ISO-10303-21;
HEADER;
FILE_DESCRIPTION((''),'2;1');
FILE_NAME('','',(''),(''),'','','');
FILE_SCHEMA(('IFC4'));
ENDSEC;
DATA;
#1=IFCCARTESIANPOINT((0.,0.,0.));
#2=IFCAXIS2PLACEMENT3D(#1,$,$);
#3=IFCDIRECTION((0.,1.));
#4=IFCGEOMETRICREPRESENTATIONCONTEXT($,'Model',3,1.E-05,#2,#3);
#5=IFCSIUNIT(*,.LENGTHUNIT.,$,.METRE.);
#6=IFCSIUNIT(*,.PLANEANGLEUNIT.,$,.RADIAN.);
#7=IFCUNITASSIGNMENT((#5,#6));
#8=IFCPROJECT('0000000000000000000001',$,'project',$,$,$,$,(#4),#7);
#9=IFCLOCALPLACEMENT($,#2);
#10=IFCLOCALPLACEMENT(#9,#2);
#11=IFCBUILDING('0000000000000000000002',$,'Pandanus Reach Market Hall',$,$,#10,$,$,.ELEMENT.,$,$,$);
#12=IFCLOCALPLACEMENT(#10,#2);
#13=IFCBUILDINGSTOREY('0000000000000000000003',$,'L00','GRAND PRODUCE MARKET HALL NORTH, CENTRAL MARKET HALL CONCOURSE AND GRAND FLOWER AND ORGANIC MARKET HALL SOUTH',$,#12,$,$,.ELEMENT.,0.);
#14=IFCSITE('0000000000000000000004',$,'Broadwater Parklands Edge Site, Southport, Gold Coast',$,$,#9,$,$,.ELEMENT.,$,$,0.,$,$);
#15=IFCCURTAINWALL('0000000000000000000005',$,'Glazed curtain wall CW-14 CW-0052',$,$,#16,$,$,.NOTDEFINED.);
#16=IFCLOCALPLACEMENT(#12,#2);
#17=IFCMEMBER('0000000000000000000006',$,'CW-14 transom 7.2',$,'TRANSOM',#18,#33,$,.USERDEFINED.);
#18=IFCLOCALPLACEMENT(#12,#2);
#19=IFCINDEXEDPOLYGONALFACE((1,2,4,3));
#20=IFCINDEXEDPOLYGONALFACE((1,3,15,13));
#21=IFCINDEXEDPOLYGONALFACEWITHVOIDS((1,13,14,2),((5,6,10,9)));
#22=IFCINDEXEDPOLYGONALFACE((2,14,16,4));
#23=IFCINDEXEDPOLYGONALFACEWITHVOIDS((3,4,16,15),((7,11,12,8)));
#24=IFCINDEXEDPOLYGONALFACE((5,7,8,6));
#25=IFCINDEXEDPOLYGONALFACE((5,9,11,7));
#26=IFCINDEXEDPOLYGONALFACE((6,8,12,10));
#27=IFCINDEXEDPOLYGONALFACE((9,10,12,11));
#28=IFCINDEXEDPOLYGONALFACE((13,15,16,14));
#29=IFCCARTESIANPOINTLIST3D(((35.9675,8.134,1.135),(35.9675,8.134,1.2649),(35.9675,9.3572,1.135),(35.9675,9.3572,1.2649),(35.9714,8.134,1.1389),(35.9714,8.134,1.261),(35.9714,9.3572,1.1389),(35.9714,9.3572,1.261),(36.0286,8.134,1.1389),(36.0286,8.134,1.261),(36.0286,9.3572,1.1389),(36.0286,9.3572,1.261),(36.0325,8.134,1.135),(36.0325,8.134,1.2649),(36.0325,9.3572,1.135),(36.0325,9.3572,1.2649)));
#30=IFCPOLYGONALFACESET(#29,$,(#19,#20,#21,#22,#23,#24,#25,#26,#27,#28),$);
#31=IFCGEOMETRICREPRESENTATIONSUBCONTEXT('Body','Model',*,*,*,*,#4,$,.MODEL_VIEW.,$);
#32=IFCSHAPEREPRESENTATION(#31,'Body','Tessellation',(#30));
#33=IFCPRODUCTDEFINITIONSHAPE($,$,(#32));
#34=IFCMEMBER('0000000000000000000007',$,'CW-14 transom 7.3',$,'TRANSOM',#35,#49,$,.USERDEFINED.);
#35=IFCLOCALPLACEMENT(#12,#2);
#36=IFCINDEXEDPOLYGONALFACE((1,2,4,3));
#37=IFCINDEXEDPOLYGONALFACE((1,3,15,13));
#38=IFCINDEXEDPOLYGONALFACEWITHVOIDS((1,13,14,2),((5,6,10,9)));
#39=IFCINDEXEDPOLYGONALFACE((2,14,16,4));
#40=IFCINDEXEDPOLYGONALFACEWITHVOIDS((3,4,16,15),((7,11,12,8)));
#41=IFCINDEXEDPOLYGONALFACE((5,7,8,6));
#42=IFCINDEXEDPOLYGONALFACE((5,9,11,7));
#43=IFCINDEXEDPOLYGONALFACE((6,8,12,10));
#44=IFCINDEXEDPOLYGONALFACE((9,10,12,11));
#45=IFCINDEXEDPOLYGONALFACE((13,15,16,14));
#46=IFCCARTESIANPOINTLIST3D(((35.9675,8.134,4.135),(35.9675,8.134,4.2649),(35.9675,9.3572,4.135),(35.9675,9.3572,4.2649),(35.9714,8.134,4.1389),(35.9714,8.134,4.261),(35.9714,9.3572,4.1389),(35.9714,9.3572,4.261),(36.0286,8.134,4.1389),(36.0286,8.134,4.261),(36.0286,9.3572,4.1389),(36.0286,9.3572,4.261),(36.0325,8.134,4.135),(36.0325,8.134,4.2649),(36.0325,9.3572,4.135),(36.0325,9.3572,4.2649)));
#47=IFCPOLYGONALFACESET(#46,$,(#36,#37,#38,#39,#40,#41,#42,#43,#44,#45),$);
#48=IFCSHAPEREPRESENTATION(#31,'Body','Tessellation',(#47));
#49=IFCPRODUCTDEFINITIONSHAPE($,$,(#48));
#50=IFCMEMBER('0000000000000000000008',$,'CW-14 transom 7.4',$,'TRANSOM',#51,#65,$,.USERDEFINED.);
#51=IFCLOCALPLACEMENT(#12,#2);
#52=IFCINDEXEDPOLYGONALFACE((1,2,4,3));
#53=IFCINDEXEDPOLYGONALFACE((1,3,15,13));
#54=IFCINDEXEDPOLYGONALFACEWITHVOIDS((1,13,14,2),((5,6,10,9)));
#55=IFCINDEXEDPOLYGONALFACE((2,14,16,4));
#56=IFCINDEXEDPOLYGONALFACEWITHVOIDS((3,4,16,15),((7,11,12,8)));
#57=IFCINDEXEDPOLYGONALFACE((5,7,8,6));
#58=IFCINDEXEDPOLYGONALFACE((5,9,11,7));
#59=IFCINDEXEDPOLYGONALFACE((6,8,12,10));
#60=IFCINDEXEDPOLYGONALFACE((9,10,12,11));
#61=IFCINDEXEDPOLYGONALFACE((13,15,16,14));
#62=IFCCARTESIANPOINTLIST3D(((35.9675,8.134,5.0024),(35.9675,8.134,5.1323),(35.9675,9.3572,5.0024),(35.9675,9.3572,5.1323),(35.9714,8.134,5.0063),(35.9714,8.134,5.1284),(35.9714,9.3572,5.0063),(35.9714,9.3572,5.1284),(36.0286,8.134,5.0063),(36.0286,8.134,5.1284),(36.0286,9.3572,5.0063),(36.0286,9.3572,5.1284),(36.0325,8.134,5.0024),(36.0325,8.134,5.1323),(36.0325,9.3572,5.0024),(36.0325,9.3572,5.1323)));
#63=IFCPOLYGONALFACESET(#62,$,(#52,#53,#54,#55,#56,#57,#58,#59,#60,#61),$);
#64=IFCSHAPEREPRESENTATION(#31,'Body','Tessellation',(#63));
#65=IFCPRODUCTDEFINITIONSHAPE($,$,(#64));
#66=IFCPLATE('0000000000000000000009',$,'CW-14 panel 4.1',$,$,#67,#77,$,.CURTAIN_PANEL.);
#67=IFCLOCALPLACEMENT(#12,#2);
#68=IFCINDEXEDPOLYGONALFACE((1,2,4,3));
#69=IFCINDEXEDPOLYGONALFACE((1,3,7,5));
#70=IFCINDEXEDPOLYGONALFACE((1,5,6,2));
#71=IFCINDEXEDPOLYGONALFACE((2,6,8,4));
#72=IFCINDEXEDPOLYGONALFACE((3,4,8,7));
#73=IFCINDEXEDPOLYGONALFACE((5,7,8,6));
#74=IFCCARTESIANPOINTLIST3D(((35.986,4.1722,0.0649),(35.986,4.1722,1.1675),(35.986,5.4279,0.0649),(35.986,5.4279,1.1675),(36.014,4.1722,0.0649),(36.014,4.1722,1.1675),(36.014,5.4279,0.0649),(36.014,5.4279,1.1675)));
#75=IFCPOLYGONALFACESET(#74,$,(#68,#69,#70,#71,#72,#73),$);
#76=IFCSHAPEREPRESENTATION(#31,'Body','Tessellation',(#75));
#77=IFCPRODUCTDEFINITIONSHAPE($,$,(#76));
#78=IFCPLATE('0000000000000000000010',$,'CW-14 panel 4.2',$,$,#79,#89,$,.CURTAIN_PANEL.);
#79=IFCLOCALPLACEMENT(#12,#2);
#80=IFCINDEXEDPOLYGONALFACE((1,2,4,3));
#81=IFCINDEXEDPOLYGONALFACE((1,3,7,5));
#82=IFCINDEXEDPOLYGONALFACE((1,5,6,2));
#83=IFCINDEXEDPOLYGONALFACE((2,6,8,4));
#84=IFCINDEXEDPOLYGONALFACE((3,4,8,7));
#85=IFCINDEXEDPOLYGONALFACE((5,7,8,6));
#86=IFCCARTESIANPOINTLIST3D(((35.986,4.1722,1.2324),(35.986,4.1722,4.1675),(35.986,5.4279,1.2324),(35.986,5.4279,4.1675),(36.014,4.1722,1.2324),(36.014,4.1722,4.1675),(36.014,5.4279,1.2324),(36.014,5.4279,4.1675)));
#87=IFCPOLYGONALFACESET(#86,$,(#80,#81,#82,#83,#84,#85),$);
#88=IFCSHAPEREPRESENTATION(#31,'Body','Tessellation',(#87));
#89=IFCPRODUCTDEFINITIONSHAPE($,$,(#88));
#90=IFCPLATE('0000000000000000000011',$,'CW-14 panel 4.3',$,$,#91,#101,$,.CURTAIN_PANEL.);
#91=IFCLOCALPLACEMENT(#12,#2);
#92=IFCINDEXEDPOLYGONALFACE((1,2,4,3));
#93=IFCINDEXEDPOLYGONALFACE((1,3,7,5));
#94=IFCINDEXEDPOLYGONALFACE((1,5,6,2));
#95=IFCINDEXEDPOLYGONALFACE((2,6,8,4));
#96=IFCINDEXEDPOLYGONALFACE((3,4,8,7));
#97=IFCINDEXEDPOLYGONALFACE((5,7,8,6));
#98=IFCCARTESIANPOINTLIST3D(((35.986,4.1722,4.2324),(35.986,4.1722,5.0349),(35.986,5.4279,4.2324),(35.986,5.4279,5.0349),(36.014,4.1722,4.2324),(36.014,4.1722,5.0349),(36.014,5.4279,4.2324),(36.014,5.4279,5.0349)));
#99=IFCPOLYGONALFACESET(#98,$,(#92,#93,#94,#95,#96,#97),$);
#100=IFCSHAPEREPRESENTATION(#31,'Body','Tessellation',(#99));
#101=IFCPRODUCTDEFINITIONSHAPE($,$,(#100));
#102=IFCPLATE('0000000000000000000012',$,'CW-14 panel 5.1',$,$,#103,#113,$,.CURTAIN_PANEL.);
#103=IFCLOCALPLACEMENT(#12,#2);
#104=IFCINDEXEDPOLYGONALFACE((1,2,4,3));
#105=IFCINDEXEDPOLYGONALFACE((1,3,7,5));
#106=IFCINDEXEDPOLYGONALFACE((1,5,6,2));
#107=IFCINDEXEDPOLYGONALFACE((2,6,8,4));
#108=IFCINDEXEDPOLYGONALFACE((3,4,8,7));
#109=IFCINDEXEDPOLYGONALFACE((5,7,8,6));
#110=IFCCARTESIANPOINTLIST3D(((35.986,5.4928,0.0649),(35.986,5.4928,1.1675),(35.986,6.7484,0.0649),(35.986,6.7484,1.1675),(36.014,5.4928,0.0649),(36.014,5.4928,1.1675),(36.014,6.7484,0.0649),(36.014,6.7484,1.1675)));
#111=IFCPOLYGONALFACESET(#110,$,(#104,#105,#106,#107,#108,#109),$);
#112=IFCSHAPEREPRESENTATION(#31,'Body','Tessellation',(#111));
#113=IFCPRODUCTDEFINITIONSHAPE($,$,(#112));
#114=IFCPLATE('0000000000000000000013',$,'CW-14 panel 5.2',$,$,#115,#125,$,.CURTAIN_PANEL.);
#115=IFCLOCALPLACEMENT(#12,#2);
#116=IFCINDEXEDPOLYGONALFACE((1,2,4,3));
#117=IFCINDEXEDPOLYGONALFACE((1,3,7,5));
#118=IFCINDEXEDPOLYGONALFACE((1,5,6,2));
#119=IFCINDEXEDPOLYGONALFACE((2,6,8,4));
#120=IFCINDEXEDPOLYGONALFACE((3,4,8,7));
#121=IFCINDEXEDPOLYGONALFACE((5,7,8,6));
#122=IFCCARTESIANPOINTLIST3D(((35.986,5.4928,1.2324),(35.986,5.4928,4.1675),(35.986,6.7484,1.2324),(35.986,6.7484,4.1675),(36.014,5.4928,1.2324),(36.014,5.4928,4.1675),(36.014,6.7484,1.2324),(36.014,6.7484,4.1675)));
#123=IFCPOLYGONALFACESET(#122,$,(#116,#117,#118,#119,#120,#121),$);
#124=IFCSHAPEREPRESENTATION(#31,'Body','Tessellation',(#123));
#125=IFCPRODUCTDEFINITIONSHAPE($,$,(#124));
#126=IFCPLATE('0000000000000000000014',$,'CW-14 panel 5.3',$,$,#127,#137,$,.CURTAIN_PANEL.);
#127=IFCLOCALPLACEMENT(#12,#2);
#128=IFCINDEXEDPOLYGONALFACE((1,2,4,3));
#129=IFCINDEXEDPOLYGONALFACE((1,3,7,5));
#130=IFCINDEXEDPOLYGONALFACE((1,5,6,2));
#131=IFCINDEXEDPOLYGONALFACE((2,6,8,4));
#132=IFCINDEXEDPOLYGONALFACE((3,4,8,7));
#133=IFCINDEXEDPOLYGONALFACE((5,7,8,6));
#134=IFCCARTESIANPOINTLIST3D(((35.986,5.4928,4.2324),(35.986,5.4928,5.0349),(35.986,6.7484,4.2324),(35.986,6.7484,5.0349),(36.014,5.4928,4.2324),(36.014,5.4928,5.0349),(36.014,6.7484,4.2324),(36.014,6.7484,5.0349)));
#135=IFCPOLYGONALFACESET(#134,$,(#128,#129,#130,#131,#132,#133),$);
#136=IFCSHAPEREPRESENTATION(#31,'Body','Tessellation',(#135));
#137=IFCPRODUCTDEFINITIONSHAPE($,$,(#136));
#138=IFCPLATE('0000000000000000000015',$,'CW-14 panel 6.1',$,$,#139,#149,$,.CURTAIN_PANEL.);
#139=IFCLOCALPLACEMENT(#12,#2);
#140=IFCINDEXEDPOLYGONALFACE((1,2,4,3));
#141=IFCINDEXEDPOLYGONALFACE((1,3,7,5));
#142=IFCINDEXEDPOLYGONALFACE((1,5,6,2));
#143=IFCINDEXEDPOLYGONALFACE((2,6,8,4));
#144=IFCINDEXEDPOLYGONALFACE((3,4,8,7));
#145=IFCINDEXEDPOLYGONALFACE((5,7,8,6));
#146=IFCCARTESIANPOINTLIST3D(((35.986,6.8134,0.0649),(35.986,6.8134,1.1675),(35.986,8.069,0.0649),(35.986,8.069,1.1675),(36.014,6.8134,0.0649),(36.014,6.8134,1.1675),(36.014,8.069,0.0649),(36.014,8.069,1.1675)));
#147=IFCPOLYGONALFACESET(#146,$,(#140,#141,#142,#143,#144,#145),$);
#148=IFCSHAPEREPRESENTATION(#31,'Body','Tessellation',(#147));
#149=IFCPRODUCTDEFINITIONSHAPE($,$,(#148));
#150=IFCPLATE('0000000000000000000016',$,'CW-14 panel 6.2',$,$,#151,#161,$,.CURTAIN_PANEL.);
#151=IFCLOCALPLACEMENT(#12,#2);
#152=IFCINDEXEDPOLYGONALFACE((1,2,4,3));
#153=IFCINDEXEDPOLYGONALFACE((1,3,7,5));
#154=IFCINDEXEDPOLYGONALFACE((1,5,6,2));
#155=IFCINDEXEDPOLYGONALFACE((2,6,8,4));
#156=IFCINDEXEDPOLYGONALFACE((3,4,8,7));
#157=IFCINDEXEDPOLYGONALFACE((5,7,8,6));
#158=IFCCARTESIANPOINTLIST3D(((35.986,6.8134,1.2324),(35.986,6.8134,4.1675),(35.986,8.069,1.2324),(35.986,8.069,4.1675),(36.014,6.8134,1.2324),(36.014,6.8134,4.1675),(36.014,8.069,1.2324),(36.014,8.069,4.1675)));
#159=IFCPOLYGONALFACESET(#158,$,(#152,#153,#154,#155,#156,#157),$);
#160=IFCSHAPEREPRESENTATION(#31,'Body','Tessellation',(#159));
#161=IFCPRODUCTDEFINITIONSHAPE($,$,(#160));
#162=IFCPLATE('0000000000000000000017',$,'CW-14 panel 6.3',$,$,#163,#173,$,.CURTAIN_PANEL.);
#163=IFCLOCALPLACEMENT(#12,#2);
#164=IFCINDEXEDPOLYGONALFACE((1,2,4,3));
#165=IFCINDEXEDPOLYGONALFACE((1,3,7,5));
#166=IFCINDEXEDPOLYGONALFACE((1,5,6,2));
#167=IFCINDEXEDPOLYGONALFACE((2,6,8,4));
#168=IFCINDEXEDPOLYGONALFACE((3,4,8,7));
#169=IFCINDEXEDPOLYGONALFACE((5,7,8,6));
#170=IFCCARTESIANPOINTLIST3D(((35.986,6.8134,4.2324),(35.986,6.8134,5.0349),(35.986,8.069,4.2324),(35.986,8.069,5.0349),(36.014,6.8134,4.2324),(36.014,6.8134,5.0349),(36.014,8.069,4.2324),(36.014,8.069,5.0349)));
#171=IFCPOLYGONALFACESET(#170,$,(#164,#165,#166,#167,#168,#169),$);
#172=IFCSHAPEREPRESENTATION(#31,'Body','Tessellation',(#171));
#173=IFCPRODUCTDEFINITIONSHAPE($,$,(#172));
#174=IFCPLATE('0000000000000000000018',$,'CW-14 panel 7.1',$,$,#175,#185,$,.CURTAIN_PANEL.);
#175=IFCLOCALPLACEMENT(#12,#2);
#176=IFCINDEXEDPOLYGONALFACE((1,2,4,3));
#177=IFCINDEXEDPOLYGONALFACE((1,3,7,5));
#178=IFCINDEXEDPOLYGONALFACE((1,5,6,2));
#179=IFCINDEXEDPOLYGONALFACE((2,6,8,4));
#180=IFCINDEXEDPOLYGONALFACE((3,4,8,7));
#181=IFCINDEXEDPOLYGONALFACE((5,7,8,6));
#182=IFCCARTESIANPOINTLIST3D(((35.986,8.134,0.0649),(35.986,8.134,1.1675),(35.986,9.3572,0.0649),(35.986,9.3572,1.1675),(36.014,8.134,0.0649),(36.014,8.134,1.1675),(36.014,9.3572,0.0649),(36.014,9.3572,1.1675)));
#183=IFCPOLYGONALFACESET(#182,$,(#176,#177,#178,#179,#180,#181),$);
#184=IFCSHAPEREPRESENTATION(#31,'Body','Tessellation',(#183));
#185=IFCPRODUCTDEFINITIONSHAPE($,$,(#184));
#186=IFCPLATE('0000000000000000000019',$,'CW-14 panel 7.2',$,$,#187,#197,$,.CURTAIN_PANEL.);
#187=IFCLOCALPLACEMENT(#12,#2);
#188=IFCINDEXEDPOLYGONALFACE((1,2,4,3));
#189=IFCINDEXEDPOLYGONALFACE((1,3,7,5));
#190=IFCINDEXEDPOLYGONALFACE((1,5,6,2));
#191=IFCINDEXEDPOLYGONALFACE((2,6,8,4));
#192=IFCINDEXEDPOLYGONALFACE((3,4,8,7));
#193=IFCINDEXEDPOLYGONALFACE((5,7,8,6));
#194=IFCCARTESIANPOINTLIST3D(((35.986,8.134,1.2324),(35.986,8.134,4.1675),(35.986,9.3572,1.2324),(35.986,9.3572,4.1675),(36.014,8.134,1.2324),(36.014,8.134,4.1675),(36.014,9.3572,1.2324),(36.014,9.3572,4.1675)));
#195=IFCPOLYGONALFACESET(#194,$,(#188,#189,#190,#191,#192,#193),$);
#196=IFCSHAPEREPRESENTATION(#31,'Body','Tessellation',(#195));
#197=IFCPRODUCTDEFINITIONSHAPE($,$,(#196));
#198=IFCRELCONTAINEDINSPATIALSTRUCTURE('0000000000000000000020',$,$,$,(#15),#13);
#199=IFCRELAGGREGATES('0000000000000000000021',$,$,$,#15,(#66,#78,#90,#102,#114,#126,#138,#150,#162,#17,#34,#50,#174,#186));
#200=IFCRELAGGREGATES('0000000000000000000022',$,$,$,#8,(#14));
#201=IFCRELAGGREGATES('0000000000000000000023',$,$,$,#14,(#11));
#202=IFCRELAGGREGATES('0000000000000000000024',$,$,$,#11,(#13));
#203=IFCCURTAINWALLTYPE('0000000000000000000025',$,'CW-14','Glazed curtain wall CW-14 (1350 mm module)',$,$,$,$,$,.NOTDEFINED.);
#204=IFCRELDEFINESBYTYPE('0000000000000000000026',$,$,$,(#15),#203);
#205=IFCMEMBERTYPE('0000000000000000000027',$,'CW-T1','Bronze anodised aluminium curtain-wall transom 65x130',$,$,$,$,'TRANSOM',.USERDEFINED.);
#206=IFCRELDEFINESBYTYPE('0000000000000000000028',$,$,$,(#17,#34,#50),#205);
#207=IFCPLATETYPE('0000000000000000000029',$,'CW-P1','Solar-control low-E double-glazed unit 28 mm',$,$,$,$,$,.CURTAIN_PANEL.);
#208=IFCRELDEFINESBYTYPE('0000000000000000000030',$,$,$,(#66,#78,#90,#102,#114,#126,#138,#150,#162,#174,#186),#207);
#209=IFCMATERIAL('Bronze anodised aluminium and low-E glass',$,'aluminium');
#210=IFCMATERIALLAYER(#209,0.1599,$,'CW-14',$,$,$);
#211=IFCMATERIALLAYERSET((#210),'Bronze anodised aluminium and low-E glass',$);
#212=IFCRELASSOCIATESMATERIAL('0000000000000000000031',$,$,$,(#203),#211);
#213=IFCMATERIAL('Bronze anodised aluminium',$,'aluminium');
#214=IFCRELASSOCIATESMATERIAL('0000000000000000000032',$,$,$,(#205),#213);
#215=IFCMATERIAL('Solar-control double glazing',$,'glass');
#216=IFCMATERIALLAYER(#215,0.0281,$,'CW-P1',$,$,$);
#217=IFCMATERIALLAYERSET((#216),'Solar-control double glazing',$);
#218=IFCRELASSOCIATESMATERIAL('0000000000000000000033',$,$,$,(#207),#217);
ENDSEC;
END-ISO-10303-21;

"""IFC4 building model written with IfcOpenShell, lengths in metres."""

from ifc_helpers import new_model, si_unit, direction, frame, origin, origin_2d, place, context, subcontext, project, spatial, rectangle, hollow_rectangle, extrude, material, layer, layer_set, material_profile, profile_set, type_object, element, aggregate, save


model = new_model("IFC4")

# Units and contexts
model_context = context("Model", 3, precision=1e-05, world=origin(), true_north=direction((0.0, 1.0)))
body_context = subcontext(model_context, "Body", "Model", "MODEL_VIEW")
ifc_project = project(units=[si_unit("LENGTHUNIT", "METRE"), si_unit("PLANEANGLEUNIT", "RADIAN")], contexts=[model_context])

# Site, building, storey
site_placement = place(None, origin())
site = spatial("IfcSite", under=ifc_project, at=site_placement, Name="Broadwater Parklands Edge Site, Southport, Gold Coast", CompositionType="ELEMENT", RefElevation=0.0)
building_placement = place(site_placement, origin())
building = spatial("IfcBuilding", under=site, at=building_placement, Name="Pandanus Reach Market Hall", CompositionType="ELEMENT")
storey_placement = place(building_placement, origin())
storey = spatial("IfcBuildingStorey", under=building, at=storey_placement, Name="L00", Description="GRAND PRODUCE MARKET HALL NORTH, CENTRAL MARKET HALL CONCOURSE AND GRAND FLOWER AND ORGANIC MARKET HALL SOUTH", CompositionType="ELEMENT", Elevation=0.0)

# Curtain wall, members, plates
ifc_material_1 = material(Name="Bronze anodised aluminium and low-E glass", Category="aluminium")
ifc_layer_1 = layer(ifc_material_1, 0.1599, Name="CW-14")
ifc_layer_set_1 = layer_set([ifc_layer_1], Name="Bronze anodised aluminium and low-E glass")
curtain_wall_type = type_object("IfcCurtainWallType", Name="CW-14", Description="Glazed curtain wall CW-14 (1350 mm module)", PredefinedType="NOTDEFINED", material=ifc_layer_set_1)
curtain_wall_placement = place(storey_placement, origin())
curtain_wall = element("IfcCurtainWall", 1, at=curtain_wall_placement, inside=storey, type_object=curtain_wall_type, Name="Glazed curtain wall CW-14 CW-0052", PredefinedType="NOTDEFINED")
ifc_material_2 = material(Name="Bronze anodised aluminium", Category="aluminium")
ifc_material_profile_1 = material_profile(ifc_material_2, hollow_rectangle(XDim=0.0649, YDim=0.1299, WallThickness=0.0039, at=origin_2d()), Name="ALU65x130", Category="LoadBearing")
ifc_profile_set_1 = profile_set([ifc_material_profile_1], Name="Bronze anodised aluminium")
member_type_1 = type_object("IfcMemberType", Name="CW-T1", Description="Bronze anodised aluminium curtain-wall transom 65x130", ElementType="TRANSOM", PredefinedType="USERDEFINED", material=ifc_profile_set_1)
member_1_placement = place(storey_placement, frame((36.0, 8.134, 1.2), z_axis=(0.0, 1.0, 0.0), x_axis=(-1.0, 0.0, 0.0)))
member_1 = element("IfcMember", 2, at=member_1_placement, type_object=member_type_1, Name="CW-14 transom 7.2", ObjectType="TRANSOM", PredefinedType="USERDEFINED", context=body_context, shape_type="SweptSolid", body=[
    extrude(hollow_rectangle(XDim=0.0649, YDim=0.1299, WallThickness=0.0039, at=origin_2d()), origin(), (0.0, 0.0, 1.0), 1.2231),
])
member_2_placement = place(storey_placement, frame((36.0, 8.134, 4.2), z_axis=(0.0, 1.0, 0.0), x_axis=(-1.0, 0.0, 0.0)))
member_2 = element("IfcMember", 3, at=member_2_placement, type_object=member_type_1, Name="CW-14 transom 7.3", ObjectType="TRANSOM", PredefinedType="USERDEFINED", context=body_context, shape_type="SweptSolid", body=[
    extrude(hollow_rectangle(XDim=0.0649, YDim=0.1299, WallThickness=0.0039, at=origin_2d()), origin(), (0.0, 0.0, 1.0), 1.2231),
])
member_3_placement = place(storey_placement, frame((36.0, 8.134, 5.0674), z_axis=(0.0, 1.0, 0.0), x_axis=(-1.0, 0.0, 0.0)))
member_3 = element("IfcMember", 4, at=member_3_placement, type_object=member_type_1, Name="CW-14 transom 7.4", ObjectType="TRANSOM", PredefinedType="USERDEFINED", context=body_context, shape_type="SweptSolid", body=[
    extrude(hollow_rectangle(XDim=0.0649, YDim=0.1299, WallThickness=0.0039, at=origin_2d()), origin(), (0.0, 0.0, 1.0), 1.2231),
])
ifc_material_3 = material(Name="Solar-control double glazing", Category="glass")
ifc_layer_2 = layer(ifc_material_3, 0.0281, Name="CW-P1")
ifc_layer_set_2 = layer_set([ifc_layer_2], Name="Solar-control double glazing")
plate_type = type_object("IfcPlateType", Name="CW-P1", Description="Solar-control low-E double-glazed unit 28 mm", PredefinedType="CURTAIN_PANEL", material=ifc_layer_set_2)
plate_1_placement = place(storey_placement, frame((36.0, 4.8, 0.0649), z_axis=(0.0, 0.0, 1.0), x_axis=(0.0, 1.0, 0.0)))
plate_1 = element("IfcPlate", 5, at=plate_1_placement, type_object=plate_type, Name="CW-14 panel 4.1", PredefinedType="CURTAIN_PANEL", context=body_context, shape_type="SweptSolid", body=[
    extrude(rectangle(XDim=1.2556, YDim=0.0281, at=origin_2d()), origin(), (0.0, 0.0, 1.0), 1.1025),
])
plate_2_placement = place(storey_placement, frame((36.0, 4.8, 1.2324), z_axis=(0.0, 0.0, 1.0), x_axis=(0.0, 1.0, 0.0)))
plate_2 = element("IfcPlate", 6, at=plate_2_placement, type_object=plate_type, Name="CW-14 panel 4.2", PredefinedType="CURTAIN_PANEL", context=body_context, shape_type="SweptSolid", body=[
    extrude(rectangle(XDim=1.2556, YDim=0.0281, at=origin_2d()), origin(), (0.0, 0.0, 1.0), 2.9351),
])
plate_3_placement = place(storey_placement, frame((36.0, 4.8, 4.2324), z_axis=(0.0, 0.0, 1.0), x_axis=(0.0, 1.0, 0.0)))
plate_3 = element("IfcPlate", 7, at=plate_3_placement, type_object=plate_type, Name="CW-14 panel 4.3", PredefinedType="CURTAIN_PANEL", context=body_context, shape_type="SweptSolid", body=[
    extrude(rectangle(XDim=1.2556, YDim=0.0281, at=origin_2d()), origin(), (0.0, 0.0, 1.0), 0.8025),
])
plate_4_placement = place(storey_placement, frame((36.0, 6.1206, 0.0649), z_axis=(0.0, 0.0, 1.0), x_axis=(0.0, 1.0, 0.0)))
plate_4 = element("IfcPlate", 8, at=plate_4_placement, type_object=plate_type, Name="CW-14 panel 5.1", PredefinedType="CURTAIN_PANEL", context=body_context, shape_type="SweptSolid", body=[
    extrude(rectangle(XDim=1.2556, YDim=0.0281, at=origin_2d()), origin(), (0.0, 0.0, 1.0), 1.1025),
])
plate_5_placement = place(storey_placement, frame((36.0, 6.1206, 1.2324), z_axis=(0.0, 0.0, 1.0), x_axis=(0.0, 1.0, 0.0)))
plate_5 = element("IfcPlate", 9, at=plate_5_placement, type_object=plate_type, Name="CW-14 panel 5.2", PredefinedType="CURTAIN_PANEL", context=body_context, shape_type="SweptSolid", body=[
    extrude(rectangle(XDim=1.2556, YDim=0.0281, at=origin_2d()), origin(), (0.0, 0.0, 1.0), 2.9351),
])
plate_6_placement = place(storey_placement, frame((36.0, 6.1206, 4.2324), z_axis=(0.0, 0.0, 1.0), x_axis=(0.0, 1.0, 0.0)))
plate_6 = element("IfcPlate", 10, at=plate_6_placement, type_object=plate_type, Name="CW-14 panel 5.3", PredefinedType="CURTAIN_PANEL", context=body_context, shape_type="SweptSolid", body=[
    extrude(rectangle(XDim=1.2556, YDim=0.0281, at=origin_2d()), origin(), (0.0, 0.0, 1.0), 0.8025),
])
plate_7_placement = place(storey_placement, frame((36.0, 7.4412, 0.0649), z_axis=(0.0, 0.0, 1.0), x_axis=(0.0, 1.0, 0.0)))
plate_7 = element("IfcPlate", 11, at=plate_7_placement, type_object=plate_type, Name="CW-14 panel 6.1", PredefinedType="CURTAIN_PANEL", context=body_context, shape_type="SweptSolid", body=[
    extrude(rectangle(XDim=1.2556, YDim=0.0281, at=origin_2d()), origin(), (0.0, 0.0, 1.0), 1.1025),
])
plate_8_placement = place(storey_placement, frame((36.0, 7.4412, 1.2324), z_axis=(0.0, 0.0, 1.0), x_axis=(0.0, 1.0, 0.0)))
plate_8 = element("IfcPlate", 12, at=plate_8_placement, type_object=plate_type, Name="CW-14 panel 6.2", PredefinedType="CURTAIN_PANEL", context=body_context, shape_type="SweptSolid", body=[
    extrude(rectangle(XDim=1.2556, YDim=0.0281, at=origin_2d()), origin(), (0.0, 0.0, 1.0), 2.9351),
])
plate_9_placement = place(storey_placement, frame((36.0, 7.4412, 4.2324), z_axis=(0.0, 0.0, 1.0), x_axis=(0.0, 1.0, 0.0)))
plate_9 = element("IfcPlate", 13, at=plate_9_placement, type_object=plate_type, Name="CW-14 panel 6.3", PredefinedType="CURTAIN_PANEL", context=body_context, shape_type="SweptSolid", body=[
    extrude(rectangle(XDim=1.2556, YDim=0.0281, at=origin_2d()), origin(), (0.0, 0.0, 1.0), 0.8025),
])
plate_10_placement = place(storey_placement, frame((36.0, 8.7456, 0.0649), z_axis=(0.0, 0.0, 1.0), x_axis=(0.0, 1.0, 0.0)))
plate_10 = element("IfcPlate", 14, at=plate_10_placement, type_object=plate_type, Name="CW-14 panel 7.1", PredefinedType="CURTAIN_PANEL", context=body_context, shape_type="SweptSolid", body=[
    extrude(rectangle(XDim=1.2231, YDim=0.0281, at=origin_2d()), origin(), (0.0, 0.0, 1.0), 1.1025),
])
plate_11_placement = place(storey_placement, frame((36.0, 8.7456, 1.2324), z_axis=(0.0, 0.0, 1.0), x_axis=(0.0, 1.0, 0.0)))
plate_11 = element("IfcPlate", 15, at=plate_11_placement, type_object=plate_type, Name="CW-14 panel 7.2", PredefinedType="CURTAIN_PANEL", context=body_context, shape_type="SweptSolid", body=[
    extrude(rectangle(XDim=1.2231, YDim=0.0281, at=origin_2d()), origin(), (0.0, 0.0, 1.0), 2.9351),
])
aggregate(curtain_wall, [plate_1, plate_2, plate_3, plate_4, plate_5, plate_6, plate_7, plate_8, plate_9, member_1, member_2, member_3, plate_10, plate_11])

save(model, "model.ifc")
